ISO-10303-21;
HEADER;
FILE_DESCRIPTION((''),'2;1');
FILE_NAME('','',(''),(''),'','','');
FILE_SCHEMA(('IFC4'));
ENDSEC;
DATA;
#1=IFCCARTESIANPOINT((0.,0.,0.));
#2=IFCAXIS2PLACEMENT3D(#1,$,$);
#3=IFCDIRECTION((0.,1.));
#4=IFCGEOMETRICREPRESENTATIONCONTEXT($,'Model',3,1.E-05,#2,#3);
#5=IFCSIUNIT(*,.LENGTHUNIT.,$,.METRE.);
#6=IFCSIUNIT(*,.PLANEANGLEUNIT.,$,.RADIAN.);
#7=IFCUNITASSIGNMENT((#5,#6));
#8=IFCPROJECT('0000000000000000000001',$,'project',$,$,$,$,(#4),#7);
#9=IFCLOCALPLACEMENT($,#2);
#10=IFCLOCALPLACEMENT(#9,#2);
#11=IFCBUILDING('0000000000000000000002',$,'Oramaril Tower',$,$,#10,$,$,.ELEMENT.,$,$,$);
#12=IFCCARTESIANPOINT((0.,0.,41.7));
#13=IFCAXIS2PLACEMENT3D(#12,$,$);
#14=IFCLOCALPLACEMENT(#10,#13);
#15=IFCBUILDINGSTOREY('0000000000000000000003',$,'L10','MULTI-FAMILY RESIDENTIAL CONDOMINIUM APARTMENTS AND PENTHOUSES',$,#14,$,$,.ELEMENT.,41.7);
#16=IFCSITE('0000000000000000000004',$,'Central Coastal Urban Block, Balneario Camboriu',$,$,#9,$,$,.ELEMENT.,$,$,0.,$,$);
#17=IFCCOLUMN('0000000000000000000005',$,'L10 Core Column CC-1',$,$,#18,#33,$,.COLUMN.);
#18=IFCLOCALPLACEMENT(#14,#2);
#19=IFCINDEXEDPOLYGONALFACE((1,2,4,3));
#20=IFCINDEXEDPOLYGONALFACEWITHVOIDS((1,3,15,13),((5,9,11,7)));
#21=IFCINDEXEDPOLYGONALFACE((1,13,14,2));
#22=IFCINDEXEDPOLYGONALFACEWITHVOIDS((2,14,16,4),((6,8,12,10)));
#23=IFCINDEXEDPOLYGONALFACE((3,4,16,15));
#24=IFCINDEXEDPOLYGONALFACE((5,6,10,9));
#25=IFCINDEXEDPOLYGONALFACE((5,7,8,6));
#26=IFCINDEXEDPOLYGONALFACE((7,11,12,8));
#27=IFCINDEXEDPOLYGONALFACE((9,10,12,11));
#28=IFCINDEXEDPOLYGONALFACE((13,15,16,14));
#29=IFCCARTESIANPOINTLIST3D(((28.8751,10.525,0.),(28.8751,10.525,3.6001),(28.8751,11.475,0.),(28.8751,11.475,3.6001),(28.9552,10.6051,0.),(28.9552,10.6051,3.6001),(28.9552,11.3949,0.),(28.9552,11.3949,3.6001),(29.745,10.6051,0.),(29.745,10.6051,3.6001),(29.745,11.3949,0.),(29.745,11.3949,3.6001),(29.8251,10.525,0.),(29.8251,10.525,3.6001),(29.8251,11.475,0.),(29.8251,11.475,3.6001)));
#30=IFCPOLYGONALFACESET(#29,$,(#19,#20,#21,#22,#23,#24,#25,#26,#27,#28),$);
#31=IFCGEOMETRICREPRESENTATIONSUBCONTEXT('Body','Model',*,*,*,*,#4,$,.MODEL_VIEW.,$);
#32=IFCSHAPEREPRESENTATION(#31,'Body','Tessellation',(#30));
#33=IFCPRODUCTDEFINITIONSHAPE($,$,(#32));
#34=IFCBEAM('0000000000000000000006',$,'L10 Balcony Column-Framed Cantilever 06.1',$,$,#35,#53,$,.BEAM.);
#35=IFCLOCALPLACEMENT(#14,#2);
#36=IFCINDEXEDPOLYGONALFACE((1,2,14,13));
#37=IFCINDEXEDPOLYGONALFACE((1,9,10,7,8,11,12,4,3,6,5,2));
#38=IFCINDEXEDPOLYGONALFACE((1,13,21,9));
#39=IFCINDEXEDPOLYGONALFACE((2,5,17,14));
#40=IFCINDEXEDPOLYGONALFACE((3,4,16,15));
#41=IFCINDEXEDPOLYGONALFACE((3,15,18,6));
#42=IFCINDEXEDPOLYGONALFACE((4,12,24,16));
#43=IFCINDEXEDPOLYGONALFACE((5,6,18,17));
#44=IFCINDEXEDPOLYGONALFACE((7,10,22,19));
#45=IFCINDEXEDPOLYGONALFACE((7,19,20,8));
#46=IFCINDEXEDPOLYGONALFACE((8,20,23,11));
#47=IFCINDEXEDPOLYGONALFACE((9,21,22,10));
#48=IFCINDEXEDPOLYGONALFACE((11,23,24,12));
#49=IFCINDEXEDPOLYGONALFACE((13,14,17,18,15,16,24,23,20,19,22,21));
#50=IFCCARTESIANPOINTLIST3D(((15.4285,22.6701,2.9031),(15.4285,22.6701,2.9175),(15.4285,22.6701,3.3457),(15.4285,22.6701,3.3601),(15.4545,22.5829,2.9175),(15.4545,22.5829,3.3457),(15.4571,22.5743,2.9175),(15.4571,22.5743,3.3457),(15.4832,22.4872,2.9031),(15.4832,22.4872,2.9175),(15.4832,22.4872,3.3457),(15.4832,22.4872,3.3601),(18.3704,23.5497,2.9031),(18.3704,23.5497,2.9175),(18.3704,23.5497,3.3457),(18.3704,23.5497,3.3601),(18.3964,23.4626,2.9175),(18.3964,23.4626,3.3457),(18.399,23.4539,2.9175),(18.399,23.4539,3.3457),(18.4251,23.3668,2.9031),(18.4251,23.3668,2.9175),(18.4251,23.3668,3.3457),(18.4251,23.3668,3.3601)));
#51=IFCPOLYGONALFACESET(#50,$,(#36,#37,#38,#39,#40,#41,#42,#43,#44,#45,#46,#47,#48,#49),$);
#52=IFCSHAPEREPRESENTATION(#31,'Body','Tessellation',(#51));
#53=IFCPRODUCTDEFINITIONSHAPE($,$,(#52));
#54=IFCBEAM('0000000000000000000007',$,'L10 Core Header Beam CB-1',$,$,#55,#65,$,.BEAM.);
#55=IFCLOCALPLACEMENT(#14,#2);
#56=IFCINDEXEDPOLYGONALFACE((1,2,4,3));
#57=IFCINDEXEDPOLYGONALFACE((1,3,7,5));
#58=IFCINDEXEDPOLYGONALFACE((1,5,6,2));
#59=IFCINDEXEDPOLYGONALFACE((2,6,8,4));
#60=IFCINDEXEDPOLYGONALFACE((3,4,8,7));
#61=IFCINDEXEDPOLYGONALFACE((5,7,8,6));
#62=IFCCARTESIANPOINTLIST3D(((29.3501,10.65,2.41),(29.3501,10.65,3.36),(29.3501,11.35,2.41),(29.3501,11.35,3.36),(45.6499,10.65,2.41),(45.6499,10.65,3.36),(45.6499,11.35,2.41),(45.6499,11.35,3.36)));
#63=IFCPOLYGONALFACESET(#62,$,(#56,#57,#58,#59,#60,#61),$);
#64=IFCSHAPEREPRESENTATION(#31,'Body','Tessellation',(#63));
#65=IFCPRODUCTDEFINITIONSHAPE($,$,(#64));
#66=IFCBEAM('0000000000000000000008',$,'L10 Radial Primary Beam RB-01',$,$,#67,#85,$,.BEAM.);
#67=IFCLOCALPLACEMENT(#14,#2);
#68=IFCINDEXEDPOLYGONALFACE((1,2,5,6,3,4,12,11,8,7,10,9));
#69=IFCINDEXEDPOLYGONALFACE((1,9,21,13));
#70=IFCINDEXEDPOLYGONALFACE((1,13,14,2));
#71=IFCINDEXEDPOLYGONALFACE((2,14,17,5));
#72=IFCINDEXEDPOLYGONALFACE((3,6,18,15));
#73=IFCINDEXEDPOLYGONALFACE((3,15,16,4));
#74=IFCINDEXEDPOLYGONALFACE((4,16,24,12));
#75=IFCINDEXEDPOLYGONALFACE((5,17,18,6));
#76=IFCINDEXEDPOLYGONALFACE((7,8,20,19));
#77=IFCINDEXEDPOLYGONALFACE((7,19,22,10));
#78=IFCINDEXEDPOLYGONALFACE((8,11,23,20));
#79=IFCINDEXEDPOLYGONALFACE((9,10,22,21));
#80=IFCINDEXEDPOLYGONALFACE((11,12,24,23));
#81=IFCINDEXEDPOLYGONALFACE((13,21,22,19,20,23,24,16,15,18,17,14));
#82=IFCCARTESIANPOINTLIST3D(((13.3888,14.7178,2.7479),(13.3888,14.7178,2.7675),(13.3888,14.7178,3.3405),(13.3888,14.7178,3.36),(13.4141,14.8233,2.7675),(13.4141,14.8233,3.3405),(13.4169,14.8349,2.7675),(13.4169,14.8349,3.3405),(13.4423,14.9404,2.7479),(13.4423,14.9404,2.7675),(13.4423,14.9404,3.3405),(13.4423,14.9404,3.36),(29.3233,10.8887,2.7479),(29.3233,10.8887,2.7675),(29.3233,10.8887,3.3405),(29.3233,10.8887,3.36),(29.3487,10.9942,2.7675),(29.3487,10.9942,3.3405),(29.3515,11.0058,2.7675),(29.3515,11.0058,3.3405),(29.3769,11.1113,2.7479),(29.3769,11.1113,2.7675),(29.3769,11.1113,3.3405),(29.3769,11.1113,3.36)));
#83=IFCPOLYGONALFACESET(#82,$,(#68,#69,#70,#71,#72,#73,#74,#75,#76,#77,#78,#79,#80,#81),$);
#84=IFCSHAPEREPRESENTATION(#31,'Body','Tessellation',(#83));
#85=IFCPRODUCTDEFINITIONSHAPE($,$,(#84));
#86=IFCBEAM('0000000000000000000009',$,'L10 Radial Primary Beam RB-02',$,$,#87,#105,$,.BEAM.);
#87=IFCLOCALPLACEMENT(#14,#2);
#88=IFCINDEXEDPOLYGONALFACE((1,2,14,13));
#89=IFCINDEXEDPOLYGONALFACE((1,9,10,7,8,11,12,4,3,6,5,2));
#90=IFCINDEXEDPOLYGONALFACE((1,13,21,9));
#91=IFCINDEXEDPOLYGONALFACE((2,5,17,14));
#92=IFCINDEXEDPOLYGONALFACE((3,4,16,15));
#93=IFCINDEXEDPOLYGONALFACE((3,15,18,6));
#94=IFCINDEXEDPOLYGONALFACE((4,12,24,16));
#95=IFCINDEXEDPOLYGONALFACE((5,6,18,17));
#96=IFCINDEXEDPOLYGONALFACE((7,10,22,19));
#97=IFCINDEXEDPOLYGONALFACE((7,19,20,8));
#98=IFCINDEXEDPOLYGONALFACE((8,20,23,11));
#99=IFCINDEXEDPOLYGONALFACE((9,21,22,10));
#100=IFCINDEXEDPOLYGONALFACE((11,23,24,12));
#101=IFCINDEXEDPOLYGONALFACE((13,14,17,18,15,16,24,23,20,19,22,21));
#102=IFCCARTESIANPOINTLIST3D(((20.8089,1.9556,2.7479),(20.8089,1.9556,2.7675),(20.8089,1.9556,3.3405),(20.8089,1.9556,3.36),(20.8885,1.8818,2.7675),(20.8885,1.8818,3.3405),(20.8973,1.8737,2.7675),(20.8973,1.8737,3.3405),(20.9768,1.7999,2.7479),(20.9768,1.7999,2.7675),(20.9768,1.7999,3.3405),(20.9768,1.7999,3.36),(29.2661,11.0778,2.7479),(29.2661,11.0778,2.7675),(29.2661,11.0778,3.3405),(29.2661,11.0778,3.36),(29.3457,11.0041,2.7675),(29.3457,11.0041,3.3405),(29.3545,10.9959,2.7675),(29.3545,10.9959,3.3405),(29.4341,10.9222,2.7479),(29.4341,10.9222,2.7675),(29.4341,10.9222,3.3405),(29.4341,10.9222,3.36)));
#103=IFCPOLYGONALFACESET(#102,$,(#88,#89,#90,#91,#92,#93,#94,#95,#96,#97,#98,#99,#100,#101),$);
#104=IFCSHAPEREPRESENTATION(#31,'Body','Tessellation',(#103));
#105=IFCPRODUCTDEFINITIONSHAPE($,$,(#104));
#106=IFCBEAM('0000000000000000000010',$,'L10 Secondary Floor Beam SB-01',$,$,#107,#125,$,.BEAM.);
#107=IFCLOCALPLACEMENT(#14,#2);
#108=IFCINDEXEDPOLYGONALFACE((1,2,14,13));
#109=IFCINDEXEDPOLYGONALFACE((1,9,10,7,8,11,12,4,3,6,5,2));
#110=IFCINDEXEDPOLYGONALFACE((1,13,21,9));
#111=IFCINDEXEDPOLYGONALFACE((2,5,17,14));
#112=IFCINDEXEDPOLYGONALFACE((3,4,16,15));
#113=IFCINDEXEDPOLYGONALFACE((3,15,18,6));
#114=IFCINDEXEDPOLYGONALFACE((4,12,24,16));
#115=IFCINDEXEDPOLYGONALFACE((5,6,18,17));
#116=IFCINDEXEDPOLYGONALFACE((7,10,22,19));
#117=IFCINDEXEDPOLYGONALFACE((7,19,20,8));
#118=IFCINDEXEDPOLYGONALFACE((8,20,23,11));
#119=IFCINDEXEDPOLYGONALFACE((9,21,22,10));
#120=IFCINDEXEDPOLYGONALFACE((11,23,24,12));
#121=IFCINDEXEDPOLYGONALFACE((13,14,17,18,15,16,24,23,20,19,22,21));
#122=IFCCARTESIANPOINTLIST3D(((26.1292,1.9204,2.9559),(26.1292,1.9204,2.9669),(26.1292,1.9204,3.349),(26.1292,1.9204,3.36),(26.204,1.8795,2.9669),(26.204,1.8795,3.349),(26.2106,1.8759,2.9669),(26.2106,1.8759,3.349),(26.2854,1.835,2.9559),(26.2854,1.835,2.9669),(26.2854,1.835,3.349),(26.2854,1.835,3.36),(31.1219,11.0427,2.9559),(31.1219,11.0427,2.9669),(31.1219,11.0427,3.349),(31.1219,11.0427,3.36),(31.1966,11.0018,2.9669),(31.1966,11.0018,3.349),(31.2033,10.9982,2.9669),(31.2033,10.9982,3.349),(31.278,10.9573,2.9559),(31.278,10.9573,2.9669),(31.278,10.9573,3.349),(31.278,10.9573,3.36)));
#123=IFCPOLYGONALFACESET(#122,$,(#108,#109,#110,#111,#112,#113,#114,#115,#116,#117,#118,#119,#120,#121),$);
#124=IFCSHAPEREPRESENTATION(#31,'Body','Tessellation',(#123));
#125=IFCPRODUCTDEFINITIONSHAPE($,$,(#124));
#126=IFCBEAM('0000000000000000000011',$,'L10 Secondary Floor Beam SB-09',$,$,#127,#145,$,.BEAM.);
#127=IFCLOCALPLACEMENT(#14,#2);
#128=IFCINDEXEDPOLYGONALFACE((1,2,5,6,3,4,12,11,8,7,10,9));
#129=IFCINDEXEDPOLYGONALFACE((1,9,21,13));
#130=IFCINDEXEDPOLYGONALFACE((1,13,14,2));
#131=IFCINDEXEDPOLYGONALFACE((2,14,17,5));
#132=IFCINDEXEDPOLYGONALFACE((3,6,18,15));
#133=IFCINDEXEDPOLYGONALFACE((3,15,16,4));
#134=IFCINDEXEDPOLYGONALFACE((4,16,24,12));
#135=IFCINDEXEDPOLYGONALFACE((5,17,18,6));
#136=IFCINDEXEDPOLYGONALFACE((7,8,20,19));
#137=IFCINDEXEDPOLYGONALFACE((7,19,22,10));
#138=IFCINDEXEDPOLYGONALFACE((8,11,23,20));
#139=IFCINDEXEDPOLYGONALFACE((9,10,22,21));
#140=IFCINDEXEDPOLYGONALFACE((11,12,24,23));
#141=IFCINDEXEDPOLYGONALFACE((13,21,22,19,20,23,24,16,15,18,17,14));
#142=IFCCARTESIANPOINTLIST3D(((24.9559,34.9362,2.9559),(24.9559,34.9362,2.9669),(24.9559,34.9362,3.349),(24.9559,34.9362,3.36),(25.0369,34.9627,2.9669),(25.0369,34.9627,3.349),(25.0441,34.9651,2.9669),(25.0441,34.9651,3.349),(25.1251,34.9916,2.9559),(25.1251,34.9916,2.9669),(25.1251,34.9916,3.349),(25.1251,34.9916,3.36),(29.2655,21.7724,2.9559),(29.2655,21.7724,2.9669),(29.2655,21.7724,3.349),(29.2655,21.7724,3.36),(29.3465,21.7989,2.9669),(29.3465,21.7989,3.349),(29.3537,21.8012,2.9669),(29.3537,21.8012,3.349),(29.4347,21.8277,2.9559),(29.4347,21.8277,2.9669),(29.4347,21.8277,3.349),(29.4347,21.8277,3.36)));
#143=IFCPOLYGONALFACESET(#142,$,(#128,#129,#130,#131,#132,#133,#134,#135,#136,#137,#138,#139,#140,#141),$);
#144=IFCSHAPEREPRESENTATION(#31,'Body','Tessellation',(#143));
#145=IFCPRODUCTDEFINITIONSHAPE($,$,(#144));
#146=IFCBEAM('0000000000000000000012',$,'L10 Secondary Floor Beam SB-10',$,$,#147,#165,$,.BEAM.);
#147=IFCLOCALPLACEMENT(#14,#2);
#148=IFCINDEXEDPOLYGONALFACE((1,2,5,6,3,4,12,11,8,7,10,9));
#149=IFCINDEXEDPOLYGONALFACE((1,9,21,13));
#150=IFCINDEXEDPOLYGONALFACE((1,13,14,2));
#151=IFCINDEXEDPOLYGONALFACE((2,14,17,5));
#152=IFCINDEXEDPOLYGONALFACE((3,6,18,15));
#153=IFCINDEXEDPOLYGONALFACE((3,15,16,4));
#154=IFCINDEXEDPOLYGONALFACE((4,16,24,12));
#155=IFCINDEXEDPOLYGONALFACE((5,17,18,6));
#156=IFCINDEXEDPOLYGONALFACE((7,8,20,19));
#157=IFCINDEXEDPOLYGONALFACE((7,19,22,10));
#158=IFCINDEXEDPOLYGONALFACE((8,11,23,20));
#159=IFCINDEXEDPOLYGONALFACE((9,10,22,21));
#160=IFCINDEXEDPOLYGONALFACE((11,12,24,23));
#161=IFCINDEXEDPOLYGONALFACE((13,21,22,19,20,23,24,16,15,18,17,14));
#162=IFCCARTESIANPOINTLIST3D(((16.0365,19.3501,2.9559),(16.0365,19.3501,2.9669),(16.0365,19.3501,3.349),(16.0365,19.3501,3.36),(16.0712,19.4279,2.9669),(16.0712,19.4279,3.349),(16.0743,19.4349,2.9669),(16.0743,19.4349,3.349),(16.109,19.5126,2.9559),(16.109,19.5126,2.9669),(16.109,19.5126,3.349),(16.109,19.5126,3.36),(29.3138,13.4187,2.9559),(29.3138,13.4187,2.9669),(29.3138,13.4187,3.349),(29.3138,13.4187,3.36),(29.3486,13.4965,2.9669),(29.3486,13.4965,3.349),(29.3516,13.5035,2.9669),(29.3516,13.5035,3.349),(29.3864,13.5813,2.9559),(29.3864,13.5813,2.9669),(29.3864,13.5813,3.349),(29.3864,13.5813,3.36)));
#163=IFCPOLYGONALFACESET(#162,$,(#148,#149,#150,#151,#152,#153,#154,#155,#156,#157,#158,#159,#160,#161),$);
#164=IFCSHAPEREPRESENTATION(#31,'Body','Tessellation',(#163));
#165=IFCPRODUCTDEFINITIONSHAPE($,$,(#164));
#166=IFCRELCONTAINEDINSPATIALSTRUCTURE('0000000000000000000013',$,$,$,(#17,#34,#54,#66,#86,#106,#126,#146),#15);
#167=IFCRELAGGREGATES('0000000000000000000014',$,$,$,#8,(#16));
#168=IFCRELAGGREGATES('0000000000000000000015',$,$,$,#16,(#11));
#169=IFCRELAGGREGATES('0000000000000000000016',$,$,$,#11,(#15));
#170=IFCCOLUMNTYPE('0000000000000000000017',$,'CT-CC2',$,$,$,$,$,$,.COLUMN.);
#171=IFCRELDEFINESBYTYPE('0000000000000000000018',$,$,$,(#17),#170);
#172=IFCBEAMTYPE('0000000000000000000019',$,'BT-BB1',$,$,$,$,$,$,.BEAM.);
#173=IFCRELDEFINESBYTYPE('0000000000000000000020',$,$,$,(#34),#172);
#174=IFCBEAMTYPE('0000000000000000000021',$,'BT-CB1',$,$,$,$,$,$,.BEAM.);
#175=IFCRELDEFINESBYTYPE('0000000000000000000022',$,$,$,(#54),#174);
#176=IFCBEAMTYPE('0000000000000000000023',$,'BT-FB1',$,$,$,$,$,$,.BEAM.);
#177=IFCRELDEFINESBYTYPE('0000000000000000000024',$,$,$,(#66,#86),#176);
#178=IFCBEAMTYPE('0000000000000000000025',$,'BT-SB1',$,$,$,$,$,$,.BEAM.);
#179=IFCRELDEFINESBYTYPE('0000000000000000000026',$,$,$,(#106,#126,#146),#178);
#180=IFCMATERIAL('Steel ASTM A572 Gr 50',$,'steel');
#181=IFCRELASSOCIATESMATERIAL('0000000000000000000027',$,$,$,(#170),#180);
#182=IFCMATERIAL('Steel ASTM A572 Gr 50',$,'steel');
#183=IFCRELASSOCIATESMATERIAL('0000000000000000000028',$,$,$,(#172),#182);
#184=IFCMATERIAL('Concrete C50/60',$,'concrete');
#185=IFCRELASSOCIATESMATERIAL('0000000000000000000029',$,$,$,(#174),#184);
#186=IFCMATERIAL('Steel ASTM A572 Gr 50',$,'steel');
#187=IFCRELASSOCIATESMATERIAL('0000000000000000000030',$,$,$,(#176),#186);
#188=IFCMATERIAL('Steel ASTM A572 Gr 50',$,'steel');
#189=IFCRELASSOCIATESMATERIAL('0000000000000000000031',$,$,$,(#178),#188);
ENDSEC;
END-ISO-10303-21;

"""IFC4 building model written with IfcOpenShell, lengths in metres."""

from ifc_helpers import new_model, si_unit, direction, frame, origin, origin_2d, place, context, subcontext, project, spatial, rectangle, hollow_rectangle, i_section, extrude, material, material_profile, profile_set, type_object, element, save


model = new_model("IFC4")

# Units and contexts
model_context = context("Model", 3, precision=1e-05, world=origin(), true_north=direction((0.0, 1.0)))
body_context = subcontext(model_context, "Body", "Model", "MODEL_VIEW")
ifc_project = project(units=[si_unit("LENGTHUNIT", "METRE"), si_unit("PLANEANGLEUNIT", "RADIAN")], contexts=[model_context])

# Site, building, storey
site_placement = place(None, origin())
site = spatial("IfcSite", under=ifc_project, at=site_placement, Name="Central Coastal Urban Block, Balneario Camboriu", CompositionType="ELEMENT", RefElevation=0.0)
building_placement = place(site_placement, origin())
building = spatial("IfcBuilding", under=site, at=building_placement, Name="Oramaril Tower", CompositionType="ELEMENT")
storey_placement = place(building_placement, frame((0.0, 0.0, 41.7)))
storey = spatial("IfcBuildingStorey", under=building, at=storey_placement, Name="L10", Description="MULTI-FAMILY RESIDENTIAL CONDOMINIUM APARTMENTS AND PENTHOUSES", CompositionType="ELEMENT", Elevation=41.7)

# Column
ifc_material_1 = material(Name="Steel ASTM A572 Gr 50", Category="steel")
ifc_material_profile_1 = material_profile(ifc_material_1, hollow_rectangle(XDim=0.95, YDim=0.95, WallThickness=0.0801, at=origin_2d()), Name="BOX950X950X80")
ifc_profile_set_1 = profile_set([ifc_material_profile_1], Name="Steel ASTM A572 Gr 50")
column_type = type_object("IfcColumnType", Name="CT-CC2", PredefinedType="COLUMN", material=ifc_profile_set_1)
column_placement = place(storey_placement, frame((29.3501, 11.0, 0.0), z_axis=(0.0, 0.0, 1.0), x_axis=(1.0, 0.0, 0.0)))
element("IfcColumn", 1, at=column_placement, inside=storey, type_object=column_type, Name="L10 Core Column CC-1", PredefinedType="COLUMN", context=body_context, shape_type="SweptSolid", body=[
    extrude(hollow_rectangle(XDim=0.95, YDim=0.95, WallThickness=0.0801, at=origin_2d()), origin(), (0.0, 0.0, 1.0), 3.6001),
])

# Beams
ifc_material_2 = material(Name="Steel ASTM A572 Gr 50", Category="steel")
ifc_material_profile_2 = material_profile(ifc_material_2, i_section(OverallWidth=0.1909, OverallDepth=0.457, WebThickness=0.009, FlangeThickness=0.0144, at=origin_2d()), Name="W18X50")
ifc_profile_set_2 = profile_set([ifc_material_profile_2], Name="Steel ASTM A572 Gr 50")
beam_type_1 = type_object("IfcBeamType", Name="BT-BB1", PredefinedType="BEAM", material=ifc_profile_set_2)
beam_1_placement = place(storey_placement, frame((18.3977, 23.4583, 3.1316), z_axis=(-0.958088, -0.286472, 0.0), x_axis=(0.286472, -0.958088, 0.0)))
element("IfcBeam", 2, at=beam_1_placement, inside=storey, type_object=beam_type_1, Name="L10 Balcony Column-Framed Cantilever 06.1", PredefinedType="BEAM", context=body_context, shape_type="SweptSolid", body=[
    extrude(i_section(OverallWidth=0.1909, OverallDepth=0.457, WebThickness=0.009, FlangeThickness=0.0144, at=origin_2d()), origin(), (0.0, 0.0, 1.0), 3.0706),
])
ifc_material_3 = material(Name="Concrete C50/60", Category="concrete")
ifc_material_profile_3 = material_profile(ifc_material_3, rectangle(XDim=0.7, YDim=0.95, at=origin_2d()), Name="CB700X950")
ifc_profile_set_3 = profile_set([ifc_material_profile_3], Name="Concrete C50/60")
beam_type_2 = type_object("IfcBeamType", Name="BT-CB1", PredefinedType="BEAM", material=ifc_profile_set_3)
beam_2_placement = place(storey_placement, frame((29.3501, 11.0, 2.885), z_axis=(1.0, 0.0, 0.0), x_axis=(0.0, 1.0, 0.0)))
element("IfcBeam", 3, at=beam_2_placement, inside=storey, type_object=beam_type_2, Name="L10 Core Header Beam CB-1", PredefinedType="BEAM", context=body_context, shape_type="SweptSolid", body=[
    extrude(rectangle(XDim=0.7, YDim=0.95, at=origin_2d()), origin(), (0.0, 0.0, 1.0), 16.2998),
])
ifc_material_4 = material(Name="Steel ASTM A572 Gr 50", Category="steel")
ifc_material_profile_4 = material_profile(ifc_material_4, i_section(OverallWidth=0.229, OverallDepth=0.6121, WebThickness=0.012, FlangeThickness=0.0195, at=origin_2d()), Name="W24X84")
ifc_profile_set_4 = profile_set([ifc_material_profile_4], Name="Steel ASTM A572 Gr 50")
beam_type_3 = type_object("IfcBeamType", Name="BT-FB1", PredefinedType="BEAM", material=ifc_profile_set_4)
beam_3_placement = place(storey_placement, frame((29.3501, 11.0, 3.054), z_axis=(-0.972321, 0.23365, 0.0), x_axis=(-0.23365, -0.972321, 0.0)))
element("IfcBeam", 4, at=beam_3_placement, inside=storey, type_object=beam_type_3, Name="L10 Radial Primary Beam RB-01", PredefinedType="BEAM", context=body_context, shape_type="SweptSolid", body=[
    extrude(i_section(OverallWidth=0.229, OverallDepth=0.6121, WebThickness=0.012, FlangeThickness=0.0195, at=origin_2d()), origin(), (0.0, 0.0, 1.0), 16.3882),
])
beam_4_placement = place(storey_placement, frame((29.3501, 11.0, 3.054), z_axis=(-0.67987, -0.733332, 0.0), x_axis=(0.733332, -0.67987, 0.0)))
element("IfcBeam", 5, at=beam_4_placement, inside=storey, type_object=beam_type_3, Name="L10 Radial Primary Beam RB-02", PredefinedType="BEAM", context=body_context, shape_type="SweptSolid", body=[
    extrude(i_section(OverallWidth=0.229, OverallDepth=0.6121, WebThickness=0.012, FlangeThickness=0.0195, at=origin_2d()), origin(), (0.0, 0.0, 1.0), 12.4395),
])
ifc_material_5 = material(Name="Steel ASTM A572 Gr 50", Category="steel")
ifc_material_profile_5 = material_profile(ifc_material_5, i_section(OverallWidth=0.178, OverallDepth=0.4041, WebThickness=0.0076, FlangeThickness=0.011, at=origin_2d()), Name="W16X36")
ifc_profile_set_5 = profile_set([ifc_material_profile_5], Name="Steel ASTM A572 Gr 50")
beam_type_4 = type_object("IfcBeamType", Name="BT-SB1", PredefinedType="BEAM", material=ifc_profile_set_5)
beam_5_placement = place(storey_placement, frame((31.2, 11.0, 3.158), z_axis=(-0.480102, -0.877213, 0.0), x_axis=(0.877213, -0.480102, 0.0)))
element("IfcBeam", 6, at=beam_5_placement, inside=storey, type_object=beam_type_4, Name="L10 Secondary Floor Beam SB-01", PredefinedType="BEAM", context=body_context, shape_type="SweptSolid", body=[
    extrude(i_section(OverallWidth=0.178, OverallDepth=0.4041, WebThickness=0.0076, FlangeThickness=0.011, at=origin_2d()), origin(), (0.0, 0.0, 1.0), 10.3992),
])
beam_6_placement = place(storey_placement, frame((29.3501, 21.8, 3.158), z_axis=(-0.311131, 0.950367, 0.0), x_axis=(-0.950367, -0.311131, 0.0)))
element("IfcBeam", 7, at=beam_6_placement, inside=storey, type_object=beam_type_4, Name="L10 Secondary Floor Beam SB-09", PredefinedType="BEAM", context=body_context, shape_type="SweptSolid", body=[
    extrude(i_section(OverallWidth=0.178, OverallDepth=0.4041, WebThickness=0.0076, FlangeThickness=0.011, at=origin_2d()), origin(), (0.0, 0.0, 1.0), 13.8513),
])
beam_7_placement = place(storey_placement, frame((29.3501, 13.5, 3.158), z_axis=(-0.913035, 0.407881, 0.0), x_axis=(-0.407881, -0.913035, 0.0)))
element("IfcBeam", 8, at=beam_7_placement, inside=storey, type_object=beam_type_4, Name="L10 Secondary Floor Beam SB-10", PredefinedType="BEAM", context=body_context, shape_type="SweptSolid", body=[
    extrude(i_section(OverallWidth=0.178, OverallDepth=0.4041, WebThickness=0.0076, FlangeThickness=0.011, at=origin_2d()), origin(), (0.0, 0.0, 1.0), 14.542),
])

save(model, "model.ifc")
